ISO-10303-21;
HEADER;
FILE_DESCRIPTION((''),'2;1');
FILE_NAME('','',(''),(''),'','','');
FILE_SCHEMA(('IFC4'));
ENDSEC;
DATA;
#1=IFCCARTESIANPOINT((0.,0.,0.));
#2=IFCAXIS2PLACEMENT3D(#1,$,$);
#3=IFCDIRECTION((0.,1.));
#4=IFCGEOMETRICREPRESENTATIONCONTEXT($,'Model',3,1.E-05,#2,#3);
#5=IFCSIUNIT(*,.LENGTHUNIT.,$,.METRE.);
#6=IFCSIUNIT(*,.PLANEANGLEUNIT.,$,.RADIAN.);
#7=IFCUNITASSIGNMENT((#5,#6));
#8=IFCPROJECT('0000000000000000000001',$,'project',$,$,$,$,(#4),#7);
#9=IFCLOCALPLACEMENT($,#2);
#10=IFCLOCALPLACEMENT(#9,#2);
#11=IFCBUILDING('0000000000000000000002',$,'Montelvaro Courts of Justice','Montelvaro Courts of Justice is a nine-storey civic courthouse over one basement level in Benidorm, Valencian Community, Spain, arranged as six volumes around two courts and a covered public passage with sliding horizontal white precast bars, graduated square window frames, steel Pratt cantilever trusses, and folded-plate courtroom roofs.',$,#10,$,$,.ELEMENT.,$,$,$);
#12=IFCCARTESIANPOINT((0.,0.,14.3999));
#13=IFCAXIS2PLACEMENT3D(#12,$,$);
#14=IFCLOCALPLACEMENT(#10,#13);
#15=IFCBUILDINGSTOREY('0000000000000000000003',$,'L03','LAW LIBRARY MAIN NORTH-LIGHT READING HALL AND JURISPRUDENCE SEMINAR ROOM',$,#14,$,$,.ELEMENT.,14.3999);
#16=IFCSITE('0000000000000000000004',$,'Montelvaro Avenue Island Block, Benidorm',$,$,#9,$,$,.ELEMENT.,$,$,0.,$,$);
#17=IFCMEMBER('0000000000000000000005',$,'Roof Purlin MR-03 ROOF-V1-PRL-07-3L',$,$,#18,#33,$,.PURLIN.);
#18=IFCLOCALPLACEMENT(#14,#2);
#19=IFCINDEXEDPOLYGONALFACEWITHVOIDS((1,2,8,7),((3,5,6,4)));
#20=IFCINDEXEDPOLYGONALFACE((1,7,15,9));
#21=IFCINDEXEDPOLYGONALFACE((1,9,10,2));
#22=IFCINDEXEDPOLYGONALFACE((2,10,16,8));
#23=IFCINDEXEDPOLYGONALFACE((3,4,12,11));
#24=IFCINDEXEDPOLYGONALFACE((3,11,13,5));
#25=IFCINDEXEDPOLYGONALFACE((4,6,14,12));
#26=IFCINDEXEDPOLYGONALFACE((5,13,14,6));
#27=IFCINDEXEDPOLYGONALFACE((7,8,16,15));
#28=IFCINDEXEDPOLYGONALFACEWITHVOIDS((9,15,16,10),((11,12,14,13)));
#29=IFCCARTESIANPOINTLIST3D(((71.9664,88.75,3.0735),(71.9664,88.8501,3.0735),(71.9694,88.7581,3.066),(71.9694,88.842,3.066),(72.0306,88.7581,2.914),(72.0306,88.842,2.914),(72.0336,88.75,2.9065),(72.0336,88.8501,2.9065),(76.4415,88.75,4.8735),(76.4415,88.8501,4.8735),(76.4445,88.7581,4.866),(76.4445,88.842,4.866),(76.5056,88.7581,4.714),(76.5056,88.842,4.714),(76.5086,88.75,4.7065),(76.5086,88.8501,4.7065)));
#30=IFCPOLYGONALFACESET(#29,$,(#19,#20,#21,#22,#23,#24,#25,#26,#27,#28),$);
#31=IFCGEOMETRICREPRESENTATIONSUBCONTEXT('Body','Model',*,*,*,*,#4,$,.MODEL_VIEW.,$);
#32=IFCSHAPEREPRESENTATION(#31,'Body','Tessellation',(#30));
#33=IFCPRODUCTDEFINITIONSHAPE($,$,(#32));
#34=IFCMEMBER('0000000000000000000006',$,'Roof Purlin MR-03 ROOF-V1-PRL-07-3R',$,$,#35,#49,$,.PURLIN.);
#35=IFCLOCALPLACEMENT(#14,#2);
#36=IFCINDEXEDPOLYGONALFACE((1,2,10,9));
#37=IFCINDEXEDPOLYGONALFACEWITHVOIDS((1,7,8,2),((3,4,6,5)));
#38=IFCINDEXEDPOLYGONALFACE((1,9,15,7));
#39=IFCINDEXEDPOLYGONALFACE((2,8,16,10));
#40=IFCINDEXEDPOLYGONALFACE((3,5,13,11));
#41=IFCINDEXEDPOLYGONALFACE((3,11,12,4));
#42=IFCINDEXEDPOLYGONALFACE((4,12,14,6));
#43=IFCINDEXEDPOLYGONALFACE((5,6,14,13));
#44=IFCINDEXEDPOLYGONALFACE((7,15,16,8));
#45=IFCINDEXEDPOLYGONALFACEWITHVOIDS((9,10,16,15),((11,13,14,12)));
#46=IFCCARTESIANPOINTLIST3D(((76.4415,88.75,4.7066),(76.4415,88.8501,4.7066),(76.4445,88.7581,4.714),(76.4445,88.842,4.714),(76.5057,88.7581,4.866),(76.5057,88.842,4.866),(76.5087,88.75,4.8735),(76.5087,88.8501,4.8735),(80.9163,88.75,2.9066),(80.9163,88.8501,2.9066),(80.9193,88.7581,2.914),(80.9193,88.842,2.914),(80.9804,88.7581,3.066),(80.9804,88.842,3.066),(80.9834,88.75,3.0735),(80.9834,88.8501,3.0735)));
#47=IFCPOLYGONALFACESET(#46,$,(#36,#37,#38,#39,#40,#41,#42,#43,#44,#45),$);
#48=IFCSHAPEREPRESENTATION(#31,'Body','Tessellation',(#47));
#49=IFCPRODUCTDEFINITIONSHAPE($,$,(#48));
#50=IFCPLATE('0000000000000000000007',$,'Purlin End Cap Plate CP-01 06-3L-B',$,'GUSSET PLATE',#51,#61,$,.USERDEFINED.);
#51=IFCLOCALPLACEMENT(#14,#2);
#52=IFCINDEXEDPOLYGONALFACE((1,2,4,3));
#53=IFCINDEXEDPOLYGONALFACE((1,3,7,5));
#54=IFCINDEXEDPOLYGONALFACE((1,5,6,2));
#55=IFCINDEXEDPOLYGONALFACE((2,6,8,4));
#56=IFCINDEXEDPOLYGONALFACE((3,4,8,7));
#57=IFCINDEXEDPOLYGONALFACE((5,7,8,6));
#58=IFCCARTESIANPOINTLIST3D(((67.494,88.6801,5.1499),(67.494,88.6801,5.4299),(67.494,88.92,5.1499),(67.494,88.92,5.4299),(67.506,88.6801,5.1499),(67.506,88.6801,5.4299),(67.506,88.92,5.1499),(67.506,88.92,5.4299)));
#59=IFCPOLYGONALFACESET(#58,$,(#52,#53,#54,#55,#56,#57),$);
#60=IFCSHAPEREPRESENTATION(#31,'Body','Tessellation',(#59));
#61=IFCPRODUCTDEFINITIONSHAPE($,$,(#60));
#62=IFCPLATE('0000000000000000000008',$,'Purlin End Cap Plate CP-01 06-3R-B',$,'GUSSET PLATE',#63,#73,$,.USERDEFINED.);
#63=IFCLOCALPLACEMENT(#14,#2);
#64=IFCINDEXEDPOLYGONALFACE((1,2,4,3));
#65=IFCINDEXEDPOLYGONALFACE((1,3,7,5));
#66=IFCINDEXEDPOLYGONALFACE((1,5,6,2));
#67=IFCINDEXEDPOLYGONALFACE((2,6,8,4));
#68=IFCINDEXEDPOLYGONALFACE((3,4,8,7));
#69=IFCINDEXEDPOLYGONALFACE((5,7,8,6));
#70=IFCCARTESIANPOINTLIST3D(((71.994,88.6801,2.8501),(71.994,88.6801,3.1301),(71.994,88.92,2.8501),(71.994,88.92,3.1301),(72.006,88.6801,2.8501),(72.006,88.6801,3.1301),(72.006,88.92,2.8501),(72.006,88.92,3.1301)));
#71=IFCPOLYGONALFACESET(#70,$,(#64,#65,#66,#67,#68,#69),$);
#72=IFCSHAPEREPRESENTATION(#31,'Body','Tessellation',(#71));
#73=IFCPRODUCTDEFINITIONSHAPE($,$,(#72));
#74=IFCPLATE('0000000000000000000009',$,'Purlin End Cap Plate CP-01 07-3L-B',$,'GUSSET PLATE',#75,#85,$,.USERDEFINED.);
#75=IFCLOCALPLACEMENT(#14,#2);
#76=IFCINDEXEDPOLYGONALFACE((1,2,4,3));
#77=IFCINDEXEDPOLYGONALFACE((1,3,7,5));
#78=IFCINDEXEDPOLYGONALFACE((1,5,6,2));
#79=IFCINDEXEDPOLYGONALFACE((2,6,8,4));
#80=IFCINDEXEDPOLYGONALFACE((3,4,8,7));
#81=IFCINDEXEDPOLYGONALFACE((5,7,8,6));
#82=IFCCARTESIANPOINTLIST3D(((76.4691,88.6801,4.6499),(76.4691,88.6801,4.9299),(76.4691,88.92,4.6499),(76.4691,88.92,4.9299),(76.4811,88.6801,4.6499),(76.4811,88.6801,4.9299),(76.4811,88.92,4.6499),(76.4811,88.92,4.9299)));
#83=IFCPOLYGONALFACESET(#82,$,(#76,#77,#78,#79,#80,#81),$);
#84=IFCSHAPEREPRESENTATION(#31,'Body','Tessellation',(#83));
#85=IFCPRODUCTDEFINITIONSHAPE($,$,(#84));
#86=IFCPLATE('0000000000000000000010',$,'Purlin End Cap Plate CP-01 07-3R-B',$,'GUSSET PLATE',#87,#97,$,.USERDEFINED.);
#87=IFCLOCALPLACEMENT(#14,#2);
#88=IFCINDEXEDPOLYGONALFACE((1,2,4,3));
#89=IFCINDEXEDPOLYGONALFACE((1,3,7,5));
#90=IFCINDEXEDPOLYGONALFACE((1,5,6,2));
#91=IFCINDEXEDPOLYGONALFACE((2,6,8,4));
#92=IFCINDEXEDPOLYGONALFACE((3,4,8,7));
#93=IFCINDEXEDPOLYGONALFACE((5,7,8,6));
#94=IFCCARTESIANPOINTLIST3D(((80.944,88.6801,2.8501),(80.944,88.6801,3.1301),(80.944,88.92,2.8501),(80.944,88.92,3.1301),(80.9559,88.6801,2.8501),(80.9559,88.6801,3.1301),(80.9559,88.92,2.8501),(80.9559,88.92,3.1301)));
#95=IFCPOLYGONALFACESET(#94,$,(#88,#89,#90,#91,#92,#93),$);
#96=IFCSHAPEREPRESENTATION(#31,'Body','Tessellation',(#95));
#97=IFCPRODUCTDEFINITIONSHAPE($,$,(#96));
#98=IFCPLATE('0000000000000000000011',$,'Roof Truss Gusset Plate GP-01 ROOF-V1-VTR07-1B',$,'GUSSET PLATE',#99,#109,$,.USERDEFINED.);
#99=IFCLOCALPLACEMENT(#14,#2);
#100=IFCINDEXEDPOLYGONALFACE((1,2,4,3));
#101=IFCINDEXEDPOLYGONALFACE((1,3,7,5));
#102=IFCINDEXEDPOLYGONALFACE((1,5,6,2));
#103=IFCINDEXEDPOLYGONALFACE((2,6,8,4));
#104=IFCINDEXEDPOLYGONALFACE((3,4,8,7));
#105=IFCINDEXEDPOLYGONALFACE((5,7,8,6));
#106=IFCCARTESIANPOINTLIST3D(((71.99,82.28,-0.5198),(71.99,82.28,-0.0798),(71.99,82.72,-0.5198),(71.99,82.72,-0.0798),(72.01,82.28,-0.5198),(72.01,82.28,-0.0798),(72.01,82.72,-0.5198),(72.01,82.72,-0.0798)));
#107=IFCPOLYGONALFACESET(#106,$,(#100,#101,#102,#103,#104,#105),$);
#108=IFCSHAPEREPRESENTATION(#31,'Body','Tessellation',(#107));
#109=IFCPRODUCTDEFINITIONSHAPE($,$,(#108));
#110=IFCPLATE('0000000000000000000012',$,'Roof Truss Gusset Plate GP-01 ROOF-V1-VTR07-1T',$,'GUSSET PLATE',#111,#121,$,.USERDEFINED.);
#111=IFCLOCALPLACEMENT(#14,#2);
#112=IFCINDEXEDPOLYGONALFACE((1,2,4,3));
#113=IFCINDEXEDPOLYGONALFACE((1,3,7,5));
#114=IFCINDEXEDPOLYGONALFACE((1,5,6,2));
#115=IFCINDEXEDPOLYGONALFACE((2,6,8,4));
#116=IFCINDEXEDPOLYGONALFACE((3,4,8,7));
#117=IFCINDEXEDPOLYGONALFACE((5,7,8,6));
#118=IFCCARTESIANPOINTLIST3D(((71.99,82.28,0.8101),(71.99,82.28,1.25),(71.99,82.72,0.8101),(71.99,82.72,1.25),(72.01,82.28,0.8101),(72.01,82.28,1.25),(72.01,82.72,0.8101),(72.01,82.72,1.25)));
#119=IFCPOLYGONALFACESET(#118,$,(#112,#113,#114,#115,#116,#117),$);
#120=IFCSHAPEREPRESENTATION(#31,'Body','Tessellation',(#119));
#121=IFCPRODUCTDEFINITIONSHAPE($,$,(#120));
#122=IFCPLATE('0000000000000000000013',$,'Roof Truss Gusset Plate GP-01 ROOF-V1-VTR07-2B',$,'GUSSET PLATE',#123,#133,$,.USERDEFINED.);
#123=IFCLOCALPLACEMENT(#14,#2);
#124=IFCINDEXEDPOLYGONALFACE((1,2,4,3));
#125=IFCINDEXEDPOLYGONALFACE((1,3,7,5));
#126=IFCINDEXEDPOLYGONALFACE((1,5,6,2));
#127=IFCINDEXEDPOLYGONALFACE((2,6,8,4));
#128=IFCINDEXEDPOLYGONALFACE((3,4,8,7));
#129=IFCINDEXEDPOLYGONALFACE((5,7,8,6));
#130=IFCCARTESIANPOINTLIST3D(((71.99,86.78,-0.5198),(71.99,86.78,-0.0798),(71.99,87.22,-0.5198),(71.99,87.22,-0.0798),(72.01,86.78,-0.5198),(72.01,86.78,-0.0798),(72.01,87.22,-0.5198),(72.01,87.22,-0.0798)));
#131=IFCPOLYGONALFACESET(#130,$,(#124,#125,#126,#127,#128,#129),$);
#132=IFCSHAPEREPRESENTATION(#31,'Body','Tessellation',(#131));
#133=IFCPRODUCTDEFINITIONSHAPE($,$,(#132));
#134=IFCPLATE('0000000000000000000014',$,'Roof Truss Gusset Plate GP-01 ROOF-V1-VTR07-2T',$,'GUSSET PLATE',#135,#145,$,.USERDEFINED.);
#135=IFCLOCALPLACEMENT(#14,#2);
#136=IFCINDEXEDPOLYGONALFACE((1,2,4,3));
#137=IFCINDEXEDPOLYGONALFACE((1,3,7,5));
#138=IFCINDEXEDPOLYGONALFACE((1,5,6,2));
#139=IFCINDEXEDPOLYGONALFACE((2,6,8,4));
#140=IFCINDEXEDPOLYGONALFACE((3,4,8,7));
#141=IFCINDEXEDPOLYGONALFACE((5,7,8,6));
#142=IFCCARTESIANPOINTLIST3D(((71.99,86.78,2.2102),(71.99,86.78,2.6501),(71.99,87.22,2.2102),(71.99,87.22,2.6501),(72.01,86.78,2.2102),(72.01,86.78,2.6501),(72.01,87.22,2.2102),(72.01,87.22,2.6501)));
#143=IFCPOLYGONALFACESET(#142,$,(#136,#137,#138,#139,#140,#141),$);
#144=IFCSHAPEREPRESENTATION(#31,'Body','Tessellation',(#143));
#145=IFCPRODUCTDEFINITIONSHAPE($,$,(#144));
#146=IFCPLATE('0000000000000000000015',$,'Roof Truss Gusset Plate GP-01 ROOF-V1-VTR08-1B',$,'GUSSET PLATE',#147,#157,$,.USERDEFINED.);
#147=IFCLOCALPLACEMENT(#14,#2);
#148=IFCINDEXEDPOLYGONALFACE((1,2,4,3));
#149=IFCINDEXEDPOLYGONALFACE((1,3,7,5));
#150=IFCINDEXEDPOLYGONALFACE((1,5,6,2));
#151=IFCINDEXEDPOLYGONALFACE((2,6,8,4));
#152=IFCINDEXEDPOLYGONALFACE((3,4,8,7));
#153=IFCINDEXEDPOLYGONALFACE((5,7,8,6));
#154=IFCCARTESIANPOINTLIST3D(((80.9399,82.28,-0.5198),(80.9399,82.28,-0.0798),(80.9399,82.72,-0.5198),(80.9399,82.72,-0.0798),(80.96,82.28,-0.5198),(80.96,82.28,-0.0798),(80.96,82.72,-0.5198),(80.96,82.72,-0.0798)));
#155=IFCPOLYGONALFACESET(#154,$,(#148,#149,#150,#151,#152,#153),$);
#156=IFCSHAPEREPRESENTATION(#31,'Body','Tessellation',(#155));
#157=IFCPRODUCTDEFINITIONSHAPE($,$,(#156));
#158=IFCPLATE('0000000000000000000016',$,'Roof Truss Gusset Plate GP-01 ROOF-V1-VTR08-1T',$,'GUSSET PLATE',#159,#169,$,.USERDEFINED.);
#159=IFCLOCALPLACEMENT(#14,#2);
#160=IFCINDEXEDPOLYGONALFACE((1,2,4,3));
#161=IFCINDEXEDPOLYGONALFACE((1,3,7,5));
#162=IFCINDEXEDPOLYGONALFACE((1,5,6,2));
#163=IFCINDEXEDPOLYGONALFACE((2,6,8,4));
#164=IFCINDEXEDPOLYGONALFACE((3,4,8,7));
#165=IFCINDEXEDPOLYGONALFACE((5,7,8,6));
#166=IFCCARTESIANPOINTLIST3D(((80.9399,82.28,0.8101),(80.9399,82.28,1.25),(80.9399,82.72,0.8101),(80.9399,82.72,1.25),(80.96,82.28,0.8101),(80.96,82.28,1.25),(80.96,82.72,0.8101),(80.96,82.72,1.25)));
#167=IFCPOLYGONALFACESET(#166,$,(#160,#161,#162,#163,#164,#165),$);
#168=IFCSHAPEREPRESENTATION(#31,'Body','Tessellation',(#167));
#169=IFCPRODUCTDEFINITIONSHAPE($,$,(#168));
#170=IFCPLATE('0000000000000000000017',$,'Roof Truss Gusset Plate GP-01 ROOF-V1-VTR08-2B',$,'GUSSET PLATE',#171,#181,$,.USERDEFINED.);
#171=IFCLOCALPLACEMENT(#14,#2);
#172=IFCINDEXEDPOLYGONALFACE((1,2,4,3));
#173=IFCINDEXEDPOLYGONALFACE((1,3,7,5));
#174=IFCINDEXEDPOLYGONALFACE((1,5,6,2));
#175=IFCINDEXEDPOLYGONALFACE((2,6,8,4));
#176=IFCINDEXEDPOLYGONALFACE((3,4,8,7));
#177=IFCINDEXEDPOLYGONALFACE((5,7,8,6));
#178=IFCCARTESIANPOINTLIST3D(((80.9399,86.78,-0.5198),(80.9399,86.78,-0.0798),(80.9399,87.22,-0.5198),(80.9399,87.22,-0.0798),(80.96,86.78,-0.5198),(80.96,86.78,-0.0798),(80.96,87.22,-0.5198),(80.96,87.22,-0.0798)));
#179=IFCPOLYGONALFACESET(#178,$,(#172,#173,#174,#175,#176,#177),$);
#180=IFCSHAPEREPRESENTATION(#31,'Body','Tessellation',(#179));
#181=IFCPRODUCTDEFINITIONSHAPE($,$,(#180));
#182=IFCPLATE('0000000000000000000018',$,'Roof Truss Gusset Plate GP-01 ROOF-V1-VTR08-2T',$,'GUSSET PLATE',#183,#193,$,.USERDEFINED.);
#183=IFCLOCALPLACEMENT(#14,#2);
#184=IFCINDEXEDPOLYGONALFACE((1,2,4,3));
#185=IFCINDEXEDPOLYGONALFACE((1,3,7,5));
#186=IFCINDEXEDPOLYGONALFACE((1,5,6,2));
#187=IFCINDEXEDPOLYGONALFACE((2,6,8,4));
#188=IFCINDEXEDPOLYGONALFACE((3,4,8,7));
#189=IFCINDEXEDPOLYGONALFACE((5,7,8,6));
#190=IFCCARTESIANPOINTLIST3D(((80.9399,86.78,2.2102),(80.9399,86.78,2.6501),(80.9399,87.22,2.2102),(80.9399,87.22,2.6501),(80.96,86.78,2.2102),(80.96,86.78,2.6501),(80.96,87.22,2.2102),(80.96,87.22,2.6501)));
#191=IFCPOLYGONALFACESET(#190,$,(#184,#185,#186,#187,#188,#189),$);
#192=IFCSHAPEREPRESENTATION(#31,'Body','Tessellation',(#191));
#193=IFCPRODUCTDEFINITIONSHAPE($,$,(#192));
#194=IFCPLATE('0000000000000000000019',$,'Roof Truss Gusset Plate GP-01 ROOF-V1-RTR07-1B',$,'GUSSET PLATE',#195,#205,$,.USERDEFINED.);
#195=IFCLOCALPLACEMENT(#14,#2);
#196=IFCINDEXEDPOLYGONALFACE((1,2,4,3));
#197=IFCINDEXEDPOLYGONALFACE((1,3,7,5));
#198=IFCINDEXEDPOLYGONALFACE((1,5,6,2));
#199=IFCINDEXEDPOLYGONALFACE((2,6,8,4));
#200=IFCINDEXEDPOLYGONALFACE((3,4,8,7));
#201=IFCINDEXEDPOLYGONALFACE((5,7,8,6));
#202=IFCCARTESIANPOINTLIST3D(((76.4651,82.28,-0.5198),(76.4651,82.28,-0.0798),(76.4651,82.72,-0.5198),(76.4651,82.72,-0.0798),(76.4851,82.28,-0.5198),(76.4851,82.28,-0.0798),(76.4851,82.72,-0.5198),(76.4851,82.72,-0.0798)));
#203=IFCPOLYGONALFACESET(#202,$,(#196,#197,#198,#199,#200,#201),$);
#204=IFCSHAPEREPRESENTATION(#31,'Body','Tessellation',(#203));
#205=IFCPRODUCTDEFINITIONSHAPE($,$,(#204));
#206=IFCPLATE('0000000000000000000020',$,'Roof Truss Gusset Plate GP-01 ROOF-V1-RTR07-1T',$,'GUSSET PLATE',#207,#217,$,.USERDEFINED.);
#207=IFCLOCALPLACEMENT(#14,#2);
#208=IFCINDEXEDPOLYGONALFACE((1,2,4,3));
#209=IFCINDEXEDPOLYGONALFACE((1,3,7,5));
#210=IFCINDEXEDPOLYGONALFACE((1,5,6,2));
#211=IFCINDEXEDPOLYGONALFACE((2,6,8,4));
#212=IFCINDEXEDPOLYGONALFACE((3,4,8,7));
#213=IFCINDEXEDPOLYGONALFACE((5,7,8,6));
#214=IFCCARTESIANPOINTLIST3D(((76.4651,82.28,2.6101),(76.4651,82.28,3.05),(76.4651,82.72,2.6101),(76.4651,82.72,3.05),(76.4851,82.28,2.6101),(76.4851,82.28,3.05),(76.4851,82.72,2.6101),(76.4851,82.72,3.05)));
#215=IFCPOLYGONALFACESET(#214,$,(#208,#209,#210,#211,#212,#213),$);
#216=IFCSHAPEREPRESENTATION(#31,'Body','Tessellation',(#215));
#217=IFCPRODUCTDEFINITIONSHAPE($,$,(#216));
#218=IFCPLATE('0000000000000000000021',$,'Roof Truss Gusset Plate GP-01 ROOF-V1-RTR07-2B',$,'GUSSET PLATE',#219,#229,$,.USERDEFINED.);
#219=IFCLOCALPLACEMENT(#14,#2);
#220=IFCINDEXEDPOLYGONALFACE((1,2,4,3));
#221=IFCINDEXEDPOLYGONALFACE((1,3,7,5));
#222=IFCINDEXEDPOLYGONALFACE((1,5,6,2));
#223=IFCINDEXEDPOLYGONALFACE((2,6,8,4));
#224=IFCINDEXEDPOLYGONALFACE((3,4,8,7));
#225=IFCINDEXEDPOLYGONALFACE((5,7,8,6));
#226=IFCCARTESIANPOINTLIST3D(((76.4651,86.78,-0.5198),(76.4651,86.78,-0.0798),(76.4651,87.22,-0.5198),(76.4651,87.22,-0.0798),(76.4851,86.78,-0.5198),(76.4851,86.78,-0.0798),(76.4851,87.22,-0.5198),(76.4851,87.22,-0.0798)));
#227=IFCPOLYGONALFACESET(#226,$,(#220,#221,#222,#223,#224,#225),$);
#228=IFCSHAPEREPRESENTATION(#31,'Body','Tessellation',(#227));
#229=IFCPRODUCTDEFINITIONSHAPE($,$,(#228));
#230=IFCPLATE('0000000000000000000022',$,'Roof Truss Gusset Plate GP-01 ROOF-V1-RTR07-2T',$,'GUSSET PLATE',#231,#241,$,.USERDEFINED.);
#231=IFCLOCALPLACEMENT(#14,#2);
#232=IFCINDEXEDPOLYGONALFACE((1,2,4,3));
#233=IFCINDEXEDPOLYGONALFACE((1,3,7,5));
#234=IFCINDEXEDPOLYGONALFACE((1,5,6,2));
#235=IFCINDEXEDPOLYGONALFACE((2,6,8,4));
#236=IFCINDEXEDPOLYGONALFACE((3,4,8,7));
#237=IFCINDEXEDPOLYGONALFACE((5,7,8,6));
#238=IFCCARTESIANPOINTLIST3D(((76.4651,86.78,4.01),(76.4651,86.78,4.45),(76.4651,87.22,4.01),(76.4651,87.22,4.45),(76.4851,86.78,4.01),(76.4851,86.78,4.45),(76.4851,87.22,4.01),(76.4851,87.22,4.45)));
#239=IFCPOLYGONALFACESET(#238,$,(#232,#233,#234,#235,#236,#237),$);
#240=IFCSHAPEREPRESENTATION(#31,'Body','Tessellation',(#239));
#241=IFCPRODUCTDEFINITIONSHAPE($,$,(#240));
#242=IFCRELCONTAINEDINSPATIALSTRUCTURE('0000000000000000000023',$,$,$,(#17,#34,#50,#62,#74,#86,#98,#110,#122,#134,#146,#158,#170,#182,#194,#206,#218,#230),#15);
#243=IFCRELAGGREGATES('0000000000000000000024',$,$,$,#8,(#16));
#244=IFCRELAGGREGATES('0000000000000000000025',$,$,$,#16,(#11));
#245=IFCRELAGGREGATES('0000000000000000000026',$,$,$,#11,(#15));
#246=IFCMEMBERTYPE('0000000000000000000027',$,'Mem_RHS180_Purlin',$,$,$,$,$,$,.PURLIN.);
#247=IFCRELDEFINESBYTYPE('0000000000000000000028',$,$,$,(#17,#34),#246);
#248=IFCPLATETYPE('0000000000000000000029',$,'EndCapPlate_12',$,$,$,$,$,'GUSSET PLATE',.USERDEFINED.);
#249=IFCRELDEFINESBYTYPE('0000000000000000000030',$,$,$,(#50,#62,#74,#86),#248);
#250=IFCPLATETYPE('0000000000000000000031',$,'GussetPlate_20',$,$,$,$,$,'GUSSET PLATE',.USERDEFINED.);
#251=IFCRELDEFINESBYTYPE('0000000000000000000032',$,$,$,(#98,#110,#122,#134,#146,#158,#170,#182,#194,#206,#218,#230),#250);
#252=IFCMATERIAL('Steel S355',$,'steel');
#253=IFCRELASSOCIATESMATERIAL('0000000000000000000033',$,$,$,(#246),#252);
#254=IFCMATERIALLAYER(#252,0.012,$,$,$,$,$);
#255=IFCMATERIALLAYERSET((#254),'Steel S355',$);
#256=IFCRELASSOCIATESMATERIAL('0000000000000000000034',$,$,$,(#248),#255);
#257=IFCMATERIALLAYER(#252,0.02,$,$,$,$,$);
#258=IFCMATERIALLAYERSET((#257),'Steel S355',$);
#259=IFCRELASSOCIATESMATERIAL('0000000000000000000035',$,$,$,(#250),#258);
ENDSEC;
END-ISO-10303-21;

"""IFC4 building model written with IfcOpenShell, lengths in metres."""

from ifc_helpers import new_model, si_unit, direction, frame, origin, origin_2d, place, context, subcontext, project, spatial, rectangle, hollow_rectangle, extrude, material, layer, layer_set, material_profile, profile_set, type_object, element, save


model = new_model("IFC4")

# Units and contexts
model_context = context("Model", 3, precision=1e-05, world=origin(), true_north=direction((0.0, 1.0)))
body_context = subcontext(model_context, "Body", "Model", "MODEL_VIEW")
ifc_project = project(units=[si_unit("LENGTHUNIT", "METRE"), si_unit("PLANEANGLEUNIT", "RADIAN")], contexts=[model_context])

# Site, building, storey
site_placement = place(None, origin())
site = spatial("IfcSite", under=ifc_project, at=site_placement, Name="Montelvaro Avenue Island Block, Benidorm", CompositionType="ELEMENT", RefElevation=0.0)
building_placement = place(site_placement, origin())
building = spatial("IfcBuilding", under=site, at=building_placement, Name="Montelvaro Courts of Justice", Description="Montelvaro Courts of Justice is a nine-storey civic courthouse over one basement level in Benidorm, Valencian Community, Spain, arranged as six volumes around two courts and a covered public passage with sliding horizontal white precast bars, graduated square window frames, steel Pratt cantilever trusses, and folded-plate courtroom roofs.", CompositionType="ELEMENT")
storey_placement = place(building_placement, frame((0.0, 0.0, 14.3999)))
storey = spatial("IfcBuildingStorey", under=building, at=storey_placement, Name="L03", Description="LAW LIBRARY MAIN NORTH-LIGHT READING HALL AND JURISPRUDENCE SEMINAR ROOM", CompositionType="ELEMENT", Elevation=14.3999)

# Members
ifc_material = material(Name="Steel S355", Category="steel")
ifc_material_profile_1 = material_profile(ifc_material, hollow_rectangle(XDim=0.1001, YDim=0.1799, WallThickness=0.0081, at=origin_2d()), Name="RHS 180x100x8")
ifc_profile_set_1 = profile_set([ifc_material_profile_1], Name="Steel S355")
member_type_1 = type_object("IfcMemberType", Name="Mem_RHS180_Purlin", PredefinedType="PURLIN", material=ifc_profile_set_1)
member_1_placement = place(storey_placement, frame((72.0, 88.8, 2.99), z_axis=(0.927759, 0.0, 0.373179), x_axis=(0.0, 1.0, 0.0)))
element("IfcMember", 1, at=member_1_placement, inside=storey, type_object=member_type_1, Name="Roof Purlin MR-03 ROOF-V1-PRL-07-3L", PredefinedType="PURLIN", context=body_context, shape_type="SweptSolid", body=[
    extrude(hollow_rectangle(XDim=0.1001, YDim=0.1799, WallThickness=0.0081, at=origin_2d()), origin(), (0.0, 0.0, 1.0), 4.8235),
])
member_2_placement = place(storey_placement, frame((76.4751, 88.8, 4.79), z_axis=(0.927752, 0.0, -0.373196), x_axis=(0.0, 1.0, 0.0)))
element("IfcMember", 2, at=member_2_placement, inside=storey, type_object=member_type_1, Name="Roof Purlin MR-03 ROOF-V1-PRL-07-3R", PredefinedType="PURLIN", context=body_context, shape_type="SweptSolid", body=[
    extrude(hollow_rectangle(XDim=0.1001, YDim=0.1799, WallThickness=0.0081, at=origin_2d()), origin(), (0.0, 0.0, 1.0), 4.8232),
])

# Plates
ifc_layer_1 = layer(ifc_material, 0.012)
ifc_layer_set_1 = layer_set([ifc_layer_1], Name="Steel S355")
plate_type_1 = type_object("IfcPlateType", Name="EndCapPlate_12", ElementType="GUSSET PLATE", PredefinedType="USERDEFINED", material=ifc_layer_set_1)
for number, where, z_axis, x_axis, name in (
    (3, (67.5, 88.8, 5.1499), (0.0, 0.0, 1.0), (1.0, 0.0, 0.0), "Purlin End Cap Plate CP-01 06-3L-B"),
    (4, (72.0, 88.8, 2.8501), (0.0, 0.0, 1.0), (1.0, 0.0, 0.0), "Purlin End Cap Plate CP-01 06-3R-B"),
    (5, (76.4751, 88.8, 4.6499), (0.0, 0.0, 1.0), (1.0, 0.0, 0.0), "Purlin End Cap Plate CP-01 07-3L-B"),
    (6, (80.95, 88.8, 2.8501), (0.0, 0.0, 1.0), (1.0, 0.0, 0.0), "Purlin End Cap Plate CP-01 07-3R-B"),
):
    element("IfcPlate", number, at=place(storey_placement, frame(where, z_axis=z_axis, x_axis=x_axis)), inside=storey, type_object=plate_type_1, Name=name, ObjectType="GUSSET PLATE", PredefinedType="USERDEFINED", context=body_context, shape_type="SweptSolid", body=[
        extrude(rectangle(XDim=0.012, YDim=0.24, at=origin_2d()), origin(), (0.0, 0.0, 1.0), 0.28),
    ])
ifc_layer_2 = layer(ifc_material, 0.02)
ifc_layer_set_2 = layer_set([ifc_layer_2], Name="Steel S355")
plate_type_2 = type_object("IfcPlateType", Name="GussetPlate_20", ElementType="GUSSET PLATE", PredefinedType="USERDEFINED", material=ifc_layer_set_2)
for number, where, z_axis, x_axis, name in (
    (7, (72.0, 82.5, -0.5198), (0.0, 0.0, 1.0), (1.0, 0.0, 0.0), "Roof Truss Gusset Plate GP-01 ROOF-V1-VTR07-1B"),
    (8, (72.0, 82.5, 0.8101), (0.0, 0.0, 1.0), (1.0, 0.0, 0.0), "Roof Truss Gusset Plate GP-01 ROOF-V1-VTR07-1T"),
    (9, (72.0, 87.0, -0.5198), (0.0, 0.0, 1.0), (1.0, 0.0, 0.0), "Roof Truss Gusset Plate GP-01 ROOF-V1-VTR07-2B"),
    (10, (72.0, 87.0, 2.2102), (0.0, 0.0, 1.0), (1.0, 0.0, 0.0), "Roof Truss Gusset Plate GP-01 ROOF-V1-VTR07-2T"),
    (11, (80.95, 82.5, -0.5198), (0.0, 0.0, 1.0), (1.0, 0.0, 0.0), "Roof Truss Gusset Plate GP-01 ROOF-V1-VTR08-1B"),
    (12, (80.95, 82.5, 0.8101), (0.0, 0.0, 1.0), (1.0, 0.0, 0.0), "Roof Truss Gusset Plate GP-01 ROOF-V1-VTR08-1T"),
    (13, (80.95, 87.0, -0.5198), (0.0, 0.0, 1.0), (1.0, 0.0, 0.0), "Roof Truss Gusset Plate GP-01 ROOF-V1-VTR08-2B"),
    (14, (80.95, 87.0, 2.2102), (0.0, 0.0, 1.0), (1.0, 0.0, 0.0), "Roof Truss Gusset Plate GP-01 ROOF-V1-VTR08-2T"),
    (15, (76.4751, 82.5, -0.5198), (0.0, 0.0, 1.0), (1.0, 0.0, 0.0), "Roof Truss Gusset Plate GP-01 ROOF-V1-RTR07-1B"),
    (16, (76.4751, 82.5, 2.6101), (0.0, 0.0, 1.0), (1.0, 0.0, 0.0), "Roof Truss Gusset Plate GP-01 ROOF-V1-RTR07-1T"),
    (17, (76.4751, 87.0, -0.5198), (0.0, 0.0, 1.0), (1.0, 0.0, 0.0), "Roof Truss Gusset Plate GP-01 ROOF-V1-RTR07-2B"),
    (18, (76.4751, 87.0, 4.01), (0.0, 0.0, 1.0), (1.0, 0.0, 0.0), "Roof Truss Gusset Plate GP-01 ROOF-V1-RTR07-2T"),
):
    element("IfcPlate", number, at=place(storey_placement, frame(where, z_axis=z_axis, x_axis=x_axis)), inside=storey, type_object=plate_type_2, Name=name, ObjectType="GUSSET PLATE", PredefinedType="USERDEFINED", context=body_context, shape_type="SweptSolid", body=[
        extrude(rectangle(XDim=0.02, YDim=0.4399, at=origin_2d()), origin(), (0.0, 0.0, 1.0), 0.4399),
    ])

save(model, "model.ifc")
